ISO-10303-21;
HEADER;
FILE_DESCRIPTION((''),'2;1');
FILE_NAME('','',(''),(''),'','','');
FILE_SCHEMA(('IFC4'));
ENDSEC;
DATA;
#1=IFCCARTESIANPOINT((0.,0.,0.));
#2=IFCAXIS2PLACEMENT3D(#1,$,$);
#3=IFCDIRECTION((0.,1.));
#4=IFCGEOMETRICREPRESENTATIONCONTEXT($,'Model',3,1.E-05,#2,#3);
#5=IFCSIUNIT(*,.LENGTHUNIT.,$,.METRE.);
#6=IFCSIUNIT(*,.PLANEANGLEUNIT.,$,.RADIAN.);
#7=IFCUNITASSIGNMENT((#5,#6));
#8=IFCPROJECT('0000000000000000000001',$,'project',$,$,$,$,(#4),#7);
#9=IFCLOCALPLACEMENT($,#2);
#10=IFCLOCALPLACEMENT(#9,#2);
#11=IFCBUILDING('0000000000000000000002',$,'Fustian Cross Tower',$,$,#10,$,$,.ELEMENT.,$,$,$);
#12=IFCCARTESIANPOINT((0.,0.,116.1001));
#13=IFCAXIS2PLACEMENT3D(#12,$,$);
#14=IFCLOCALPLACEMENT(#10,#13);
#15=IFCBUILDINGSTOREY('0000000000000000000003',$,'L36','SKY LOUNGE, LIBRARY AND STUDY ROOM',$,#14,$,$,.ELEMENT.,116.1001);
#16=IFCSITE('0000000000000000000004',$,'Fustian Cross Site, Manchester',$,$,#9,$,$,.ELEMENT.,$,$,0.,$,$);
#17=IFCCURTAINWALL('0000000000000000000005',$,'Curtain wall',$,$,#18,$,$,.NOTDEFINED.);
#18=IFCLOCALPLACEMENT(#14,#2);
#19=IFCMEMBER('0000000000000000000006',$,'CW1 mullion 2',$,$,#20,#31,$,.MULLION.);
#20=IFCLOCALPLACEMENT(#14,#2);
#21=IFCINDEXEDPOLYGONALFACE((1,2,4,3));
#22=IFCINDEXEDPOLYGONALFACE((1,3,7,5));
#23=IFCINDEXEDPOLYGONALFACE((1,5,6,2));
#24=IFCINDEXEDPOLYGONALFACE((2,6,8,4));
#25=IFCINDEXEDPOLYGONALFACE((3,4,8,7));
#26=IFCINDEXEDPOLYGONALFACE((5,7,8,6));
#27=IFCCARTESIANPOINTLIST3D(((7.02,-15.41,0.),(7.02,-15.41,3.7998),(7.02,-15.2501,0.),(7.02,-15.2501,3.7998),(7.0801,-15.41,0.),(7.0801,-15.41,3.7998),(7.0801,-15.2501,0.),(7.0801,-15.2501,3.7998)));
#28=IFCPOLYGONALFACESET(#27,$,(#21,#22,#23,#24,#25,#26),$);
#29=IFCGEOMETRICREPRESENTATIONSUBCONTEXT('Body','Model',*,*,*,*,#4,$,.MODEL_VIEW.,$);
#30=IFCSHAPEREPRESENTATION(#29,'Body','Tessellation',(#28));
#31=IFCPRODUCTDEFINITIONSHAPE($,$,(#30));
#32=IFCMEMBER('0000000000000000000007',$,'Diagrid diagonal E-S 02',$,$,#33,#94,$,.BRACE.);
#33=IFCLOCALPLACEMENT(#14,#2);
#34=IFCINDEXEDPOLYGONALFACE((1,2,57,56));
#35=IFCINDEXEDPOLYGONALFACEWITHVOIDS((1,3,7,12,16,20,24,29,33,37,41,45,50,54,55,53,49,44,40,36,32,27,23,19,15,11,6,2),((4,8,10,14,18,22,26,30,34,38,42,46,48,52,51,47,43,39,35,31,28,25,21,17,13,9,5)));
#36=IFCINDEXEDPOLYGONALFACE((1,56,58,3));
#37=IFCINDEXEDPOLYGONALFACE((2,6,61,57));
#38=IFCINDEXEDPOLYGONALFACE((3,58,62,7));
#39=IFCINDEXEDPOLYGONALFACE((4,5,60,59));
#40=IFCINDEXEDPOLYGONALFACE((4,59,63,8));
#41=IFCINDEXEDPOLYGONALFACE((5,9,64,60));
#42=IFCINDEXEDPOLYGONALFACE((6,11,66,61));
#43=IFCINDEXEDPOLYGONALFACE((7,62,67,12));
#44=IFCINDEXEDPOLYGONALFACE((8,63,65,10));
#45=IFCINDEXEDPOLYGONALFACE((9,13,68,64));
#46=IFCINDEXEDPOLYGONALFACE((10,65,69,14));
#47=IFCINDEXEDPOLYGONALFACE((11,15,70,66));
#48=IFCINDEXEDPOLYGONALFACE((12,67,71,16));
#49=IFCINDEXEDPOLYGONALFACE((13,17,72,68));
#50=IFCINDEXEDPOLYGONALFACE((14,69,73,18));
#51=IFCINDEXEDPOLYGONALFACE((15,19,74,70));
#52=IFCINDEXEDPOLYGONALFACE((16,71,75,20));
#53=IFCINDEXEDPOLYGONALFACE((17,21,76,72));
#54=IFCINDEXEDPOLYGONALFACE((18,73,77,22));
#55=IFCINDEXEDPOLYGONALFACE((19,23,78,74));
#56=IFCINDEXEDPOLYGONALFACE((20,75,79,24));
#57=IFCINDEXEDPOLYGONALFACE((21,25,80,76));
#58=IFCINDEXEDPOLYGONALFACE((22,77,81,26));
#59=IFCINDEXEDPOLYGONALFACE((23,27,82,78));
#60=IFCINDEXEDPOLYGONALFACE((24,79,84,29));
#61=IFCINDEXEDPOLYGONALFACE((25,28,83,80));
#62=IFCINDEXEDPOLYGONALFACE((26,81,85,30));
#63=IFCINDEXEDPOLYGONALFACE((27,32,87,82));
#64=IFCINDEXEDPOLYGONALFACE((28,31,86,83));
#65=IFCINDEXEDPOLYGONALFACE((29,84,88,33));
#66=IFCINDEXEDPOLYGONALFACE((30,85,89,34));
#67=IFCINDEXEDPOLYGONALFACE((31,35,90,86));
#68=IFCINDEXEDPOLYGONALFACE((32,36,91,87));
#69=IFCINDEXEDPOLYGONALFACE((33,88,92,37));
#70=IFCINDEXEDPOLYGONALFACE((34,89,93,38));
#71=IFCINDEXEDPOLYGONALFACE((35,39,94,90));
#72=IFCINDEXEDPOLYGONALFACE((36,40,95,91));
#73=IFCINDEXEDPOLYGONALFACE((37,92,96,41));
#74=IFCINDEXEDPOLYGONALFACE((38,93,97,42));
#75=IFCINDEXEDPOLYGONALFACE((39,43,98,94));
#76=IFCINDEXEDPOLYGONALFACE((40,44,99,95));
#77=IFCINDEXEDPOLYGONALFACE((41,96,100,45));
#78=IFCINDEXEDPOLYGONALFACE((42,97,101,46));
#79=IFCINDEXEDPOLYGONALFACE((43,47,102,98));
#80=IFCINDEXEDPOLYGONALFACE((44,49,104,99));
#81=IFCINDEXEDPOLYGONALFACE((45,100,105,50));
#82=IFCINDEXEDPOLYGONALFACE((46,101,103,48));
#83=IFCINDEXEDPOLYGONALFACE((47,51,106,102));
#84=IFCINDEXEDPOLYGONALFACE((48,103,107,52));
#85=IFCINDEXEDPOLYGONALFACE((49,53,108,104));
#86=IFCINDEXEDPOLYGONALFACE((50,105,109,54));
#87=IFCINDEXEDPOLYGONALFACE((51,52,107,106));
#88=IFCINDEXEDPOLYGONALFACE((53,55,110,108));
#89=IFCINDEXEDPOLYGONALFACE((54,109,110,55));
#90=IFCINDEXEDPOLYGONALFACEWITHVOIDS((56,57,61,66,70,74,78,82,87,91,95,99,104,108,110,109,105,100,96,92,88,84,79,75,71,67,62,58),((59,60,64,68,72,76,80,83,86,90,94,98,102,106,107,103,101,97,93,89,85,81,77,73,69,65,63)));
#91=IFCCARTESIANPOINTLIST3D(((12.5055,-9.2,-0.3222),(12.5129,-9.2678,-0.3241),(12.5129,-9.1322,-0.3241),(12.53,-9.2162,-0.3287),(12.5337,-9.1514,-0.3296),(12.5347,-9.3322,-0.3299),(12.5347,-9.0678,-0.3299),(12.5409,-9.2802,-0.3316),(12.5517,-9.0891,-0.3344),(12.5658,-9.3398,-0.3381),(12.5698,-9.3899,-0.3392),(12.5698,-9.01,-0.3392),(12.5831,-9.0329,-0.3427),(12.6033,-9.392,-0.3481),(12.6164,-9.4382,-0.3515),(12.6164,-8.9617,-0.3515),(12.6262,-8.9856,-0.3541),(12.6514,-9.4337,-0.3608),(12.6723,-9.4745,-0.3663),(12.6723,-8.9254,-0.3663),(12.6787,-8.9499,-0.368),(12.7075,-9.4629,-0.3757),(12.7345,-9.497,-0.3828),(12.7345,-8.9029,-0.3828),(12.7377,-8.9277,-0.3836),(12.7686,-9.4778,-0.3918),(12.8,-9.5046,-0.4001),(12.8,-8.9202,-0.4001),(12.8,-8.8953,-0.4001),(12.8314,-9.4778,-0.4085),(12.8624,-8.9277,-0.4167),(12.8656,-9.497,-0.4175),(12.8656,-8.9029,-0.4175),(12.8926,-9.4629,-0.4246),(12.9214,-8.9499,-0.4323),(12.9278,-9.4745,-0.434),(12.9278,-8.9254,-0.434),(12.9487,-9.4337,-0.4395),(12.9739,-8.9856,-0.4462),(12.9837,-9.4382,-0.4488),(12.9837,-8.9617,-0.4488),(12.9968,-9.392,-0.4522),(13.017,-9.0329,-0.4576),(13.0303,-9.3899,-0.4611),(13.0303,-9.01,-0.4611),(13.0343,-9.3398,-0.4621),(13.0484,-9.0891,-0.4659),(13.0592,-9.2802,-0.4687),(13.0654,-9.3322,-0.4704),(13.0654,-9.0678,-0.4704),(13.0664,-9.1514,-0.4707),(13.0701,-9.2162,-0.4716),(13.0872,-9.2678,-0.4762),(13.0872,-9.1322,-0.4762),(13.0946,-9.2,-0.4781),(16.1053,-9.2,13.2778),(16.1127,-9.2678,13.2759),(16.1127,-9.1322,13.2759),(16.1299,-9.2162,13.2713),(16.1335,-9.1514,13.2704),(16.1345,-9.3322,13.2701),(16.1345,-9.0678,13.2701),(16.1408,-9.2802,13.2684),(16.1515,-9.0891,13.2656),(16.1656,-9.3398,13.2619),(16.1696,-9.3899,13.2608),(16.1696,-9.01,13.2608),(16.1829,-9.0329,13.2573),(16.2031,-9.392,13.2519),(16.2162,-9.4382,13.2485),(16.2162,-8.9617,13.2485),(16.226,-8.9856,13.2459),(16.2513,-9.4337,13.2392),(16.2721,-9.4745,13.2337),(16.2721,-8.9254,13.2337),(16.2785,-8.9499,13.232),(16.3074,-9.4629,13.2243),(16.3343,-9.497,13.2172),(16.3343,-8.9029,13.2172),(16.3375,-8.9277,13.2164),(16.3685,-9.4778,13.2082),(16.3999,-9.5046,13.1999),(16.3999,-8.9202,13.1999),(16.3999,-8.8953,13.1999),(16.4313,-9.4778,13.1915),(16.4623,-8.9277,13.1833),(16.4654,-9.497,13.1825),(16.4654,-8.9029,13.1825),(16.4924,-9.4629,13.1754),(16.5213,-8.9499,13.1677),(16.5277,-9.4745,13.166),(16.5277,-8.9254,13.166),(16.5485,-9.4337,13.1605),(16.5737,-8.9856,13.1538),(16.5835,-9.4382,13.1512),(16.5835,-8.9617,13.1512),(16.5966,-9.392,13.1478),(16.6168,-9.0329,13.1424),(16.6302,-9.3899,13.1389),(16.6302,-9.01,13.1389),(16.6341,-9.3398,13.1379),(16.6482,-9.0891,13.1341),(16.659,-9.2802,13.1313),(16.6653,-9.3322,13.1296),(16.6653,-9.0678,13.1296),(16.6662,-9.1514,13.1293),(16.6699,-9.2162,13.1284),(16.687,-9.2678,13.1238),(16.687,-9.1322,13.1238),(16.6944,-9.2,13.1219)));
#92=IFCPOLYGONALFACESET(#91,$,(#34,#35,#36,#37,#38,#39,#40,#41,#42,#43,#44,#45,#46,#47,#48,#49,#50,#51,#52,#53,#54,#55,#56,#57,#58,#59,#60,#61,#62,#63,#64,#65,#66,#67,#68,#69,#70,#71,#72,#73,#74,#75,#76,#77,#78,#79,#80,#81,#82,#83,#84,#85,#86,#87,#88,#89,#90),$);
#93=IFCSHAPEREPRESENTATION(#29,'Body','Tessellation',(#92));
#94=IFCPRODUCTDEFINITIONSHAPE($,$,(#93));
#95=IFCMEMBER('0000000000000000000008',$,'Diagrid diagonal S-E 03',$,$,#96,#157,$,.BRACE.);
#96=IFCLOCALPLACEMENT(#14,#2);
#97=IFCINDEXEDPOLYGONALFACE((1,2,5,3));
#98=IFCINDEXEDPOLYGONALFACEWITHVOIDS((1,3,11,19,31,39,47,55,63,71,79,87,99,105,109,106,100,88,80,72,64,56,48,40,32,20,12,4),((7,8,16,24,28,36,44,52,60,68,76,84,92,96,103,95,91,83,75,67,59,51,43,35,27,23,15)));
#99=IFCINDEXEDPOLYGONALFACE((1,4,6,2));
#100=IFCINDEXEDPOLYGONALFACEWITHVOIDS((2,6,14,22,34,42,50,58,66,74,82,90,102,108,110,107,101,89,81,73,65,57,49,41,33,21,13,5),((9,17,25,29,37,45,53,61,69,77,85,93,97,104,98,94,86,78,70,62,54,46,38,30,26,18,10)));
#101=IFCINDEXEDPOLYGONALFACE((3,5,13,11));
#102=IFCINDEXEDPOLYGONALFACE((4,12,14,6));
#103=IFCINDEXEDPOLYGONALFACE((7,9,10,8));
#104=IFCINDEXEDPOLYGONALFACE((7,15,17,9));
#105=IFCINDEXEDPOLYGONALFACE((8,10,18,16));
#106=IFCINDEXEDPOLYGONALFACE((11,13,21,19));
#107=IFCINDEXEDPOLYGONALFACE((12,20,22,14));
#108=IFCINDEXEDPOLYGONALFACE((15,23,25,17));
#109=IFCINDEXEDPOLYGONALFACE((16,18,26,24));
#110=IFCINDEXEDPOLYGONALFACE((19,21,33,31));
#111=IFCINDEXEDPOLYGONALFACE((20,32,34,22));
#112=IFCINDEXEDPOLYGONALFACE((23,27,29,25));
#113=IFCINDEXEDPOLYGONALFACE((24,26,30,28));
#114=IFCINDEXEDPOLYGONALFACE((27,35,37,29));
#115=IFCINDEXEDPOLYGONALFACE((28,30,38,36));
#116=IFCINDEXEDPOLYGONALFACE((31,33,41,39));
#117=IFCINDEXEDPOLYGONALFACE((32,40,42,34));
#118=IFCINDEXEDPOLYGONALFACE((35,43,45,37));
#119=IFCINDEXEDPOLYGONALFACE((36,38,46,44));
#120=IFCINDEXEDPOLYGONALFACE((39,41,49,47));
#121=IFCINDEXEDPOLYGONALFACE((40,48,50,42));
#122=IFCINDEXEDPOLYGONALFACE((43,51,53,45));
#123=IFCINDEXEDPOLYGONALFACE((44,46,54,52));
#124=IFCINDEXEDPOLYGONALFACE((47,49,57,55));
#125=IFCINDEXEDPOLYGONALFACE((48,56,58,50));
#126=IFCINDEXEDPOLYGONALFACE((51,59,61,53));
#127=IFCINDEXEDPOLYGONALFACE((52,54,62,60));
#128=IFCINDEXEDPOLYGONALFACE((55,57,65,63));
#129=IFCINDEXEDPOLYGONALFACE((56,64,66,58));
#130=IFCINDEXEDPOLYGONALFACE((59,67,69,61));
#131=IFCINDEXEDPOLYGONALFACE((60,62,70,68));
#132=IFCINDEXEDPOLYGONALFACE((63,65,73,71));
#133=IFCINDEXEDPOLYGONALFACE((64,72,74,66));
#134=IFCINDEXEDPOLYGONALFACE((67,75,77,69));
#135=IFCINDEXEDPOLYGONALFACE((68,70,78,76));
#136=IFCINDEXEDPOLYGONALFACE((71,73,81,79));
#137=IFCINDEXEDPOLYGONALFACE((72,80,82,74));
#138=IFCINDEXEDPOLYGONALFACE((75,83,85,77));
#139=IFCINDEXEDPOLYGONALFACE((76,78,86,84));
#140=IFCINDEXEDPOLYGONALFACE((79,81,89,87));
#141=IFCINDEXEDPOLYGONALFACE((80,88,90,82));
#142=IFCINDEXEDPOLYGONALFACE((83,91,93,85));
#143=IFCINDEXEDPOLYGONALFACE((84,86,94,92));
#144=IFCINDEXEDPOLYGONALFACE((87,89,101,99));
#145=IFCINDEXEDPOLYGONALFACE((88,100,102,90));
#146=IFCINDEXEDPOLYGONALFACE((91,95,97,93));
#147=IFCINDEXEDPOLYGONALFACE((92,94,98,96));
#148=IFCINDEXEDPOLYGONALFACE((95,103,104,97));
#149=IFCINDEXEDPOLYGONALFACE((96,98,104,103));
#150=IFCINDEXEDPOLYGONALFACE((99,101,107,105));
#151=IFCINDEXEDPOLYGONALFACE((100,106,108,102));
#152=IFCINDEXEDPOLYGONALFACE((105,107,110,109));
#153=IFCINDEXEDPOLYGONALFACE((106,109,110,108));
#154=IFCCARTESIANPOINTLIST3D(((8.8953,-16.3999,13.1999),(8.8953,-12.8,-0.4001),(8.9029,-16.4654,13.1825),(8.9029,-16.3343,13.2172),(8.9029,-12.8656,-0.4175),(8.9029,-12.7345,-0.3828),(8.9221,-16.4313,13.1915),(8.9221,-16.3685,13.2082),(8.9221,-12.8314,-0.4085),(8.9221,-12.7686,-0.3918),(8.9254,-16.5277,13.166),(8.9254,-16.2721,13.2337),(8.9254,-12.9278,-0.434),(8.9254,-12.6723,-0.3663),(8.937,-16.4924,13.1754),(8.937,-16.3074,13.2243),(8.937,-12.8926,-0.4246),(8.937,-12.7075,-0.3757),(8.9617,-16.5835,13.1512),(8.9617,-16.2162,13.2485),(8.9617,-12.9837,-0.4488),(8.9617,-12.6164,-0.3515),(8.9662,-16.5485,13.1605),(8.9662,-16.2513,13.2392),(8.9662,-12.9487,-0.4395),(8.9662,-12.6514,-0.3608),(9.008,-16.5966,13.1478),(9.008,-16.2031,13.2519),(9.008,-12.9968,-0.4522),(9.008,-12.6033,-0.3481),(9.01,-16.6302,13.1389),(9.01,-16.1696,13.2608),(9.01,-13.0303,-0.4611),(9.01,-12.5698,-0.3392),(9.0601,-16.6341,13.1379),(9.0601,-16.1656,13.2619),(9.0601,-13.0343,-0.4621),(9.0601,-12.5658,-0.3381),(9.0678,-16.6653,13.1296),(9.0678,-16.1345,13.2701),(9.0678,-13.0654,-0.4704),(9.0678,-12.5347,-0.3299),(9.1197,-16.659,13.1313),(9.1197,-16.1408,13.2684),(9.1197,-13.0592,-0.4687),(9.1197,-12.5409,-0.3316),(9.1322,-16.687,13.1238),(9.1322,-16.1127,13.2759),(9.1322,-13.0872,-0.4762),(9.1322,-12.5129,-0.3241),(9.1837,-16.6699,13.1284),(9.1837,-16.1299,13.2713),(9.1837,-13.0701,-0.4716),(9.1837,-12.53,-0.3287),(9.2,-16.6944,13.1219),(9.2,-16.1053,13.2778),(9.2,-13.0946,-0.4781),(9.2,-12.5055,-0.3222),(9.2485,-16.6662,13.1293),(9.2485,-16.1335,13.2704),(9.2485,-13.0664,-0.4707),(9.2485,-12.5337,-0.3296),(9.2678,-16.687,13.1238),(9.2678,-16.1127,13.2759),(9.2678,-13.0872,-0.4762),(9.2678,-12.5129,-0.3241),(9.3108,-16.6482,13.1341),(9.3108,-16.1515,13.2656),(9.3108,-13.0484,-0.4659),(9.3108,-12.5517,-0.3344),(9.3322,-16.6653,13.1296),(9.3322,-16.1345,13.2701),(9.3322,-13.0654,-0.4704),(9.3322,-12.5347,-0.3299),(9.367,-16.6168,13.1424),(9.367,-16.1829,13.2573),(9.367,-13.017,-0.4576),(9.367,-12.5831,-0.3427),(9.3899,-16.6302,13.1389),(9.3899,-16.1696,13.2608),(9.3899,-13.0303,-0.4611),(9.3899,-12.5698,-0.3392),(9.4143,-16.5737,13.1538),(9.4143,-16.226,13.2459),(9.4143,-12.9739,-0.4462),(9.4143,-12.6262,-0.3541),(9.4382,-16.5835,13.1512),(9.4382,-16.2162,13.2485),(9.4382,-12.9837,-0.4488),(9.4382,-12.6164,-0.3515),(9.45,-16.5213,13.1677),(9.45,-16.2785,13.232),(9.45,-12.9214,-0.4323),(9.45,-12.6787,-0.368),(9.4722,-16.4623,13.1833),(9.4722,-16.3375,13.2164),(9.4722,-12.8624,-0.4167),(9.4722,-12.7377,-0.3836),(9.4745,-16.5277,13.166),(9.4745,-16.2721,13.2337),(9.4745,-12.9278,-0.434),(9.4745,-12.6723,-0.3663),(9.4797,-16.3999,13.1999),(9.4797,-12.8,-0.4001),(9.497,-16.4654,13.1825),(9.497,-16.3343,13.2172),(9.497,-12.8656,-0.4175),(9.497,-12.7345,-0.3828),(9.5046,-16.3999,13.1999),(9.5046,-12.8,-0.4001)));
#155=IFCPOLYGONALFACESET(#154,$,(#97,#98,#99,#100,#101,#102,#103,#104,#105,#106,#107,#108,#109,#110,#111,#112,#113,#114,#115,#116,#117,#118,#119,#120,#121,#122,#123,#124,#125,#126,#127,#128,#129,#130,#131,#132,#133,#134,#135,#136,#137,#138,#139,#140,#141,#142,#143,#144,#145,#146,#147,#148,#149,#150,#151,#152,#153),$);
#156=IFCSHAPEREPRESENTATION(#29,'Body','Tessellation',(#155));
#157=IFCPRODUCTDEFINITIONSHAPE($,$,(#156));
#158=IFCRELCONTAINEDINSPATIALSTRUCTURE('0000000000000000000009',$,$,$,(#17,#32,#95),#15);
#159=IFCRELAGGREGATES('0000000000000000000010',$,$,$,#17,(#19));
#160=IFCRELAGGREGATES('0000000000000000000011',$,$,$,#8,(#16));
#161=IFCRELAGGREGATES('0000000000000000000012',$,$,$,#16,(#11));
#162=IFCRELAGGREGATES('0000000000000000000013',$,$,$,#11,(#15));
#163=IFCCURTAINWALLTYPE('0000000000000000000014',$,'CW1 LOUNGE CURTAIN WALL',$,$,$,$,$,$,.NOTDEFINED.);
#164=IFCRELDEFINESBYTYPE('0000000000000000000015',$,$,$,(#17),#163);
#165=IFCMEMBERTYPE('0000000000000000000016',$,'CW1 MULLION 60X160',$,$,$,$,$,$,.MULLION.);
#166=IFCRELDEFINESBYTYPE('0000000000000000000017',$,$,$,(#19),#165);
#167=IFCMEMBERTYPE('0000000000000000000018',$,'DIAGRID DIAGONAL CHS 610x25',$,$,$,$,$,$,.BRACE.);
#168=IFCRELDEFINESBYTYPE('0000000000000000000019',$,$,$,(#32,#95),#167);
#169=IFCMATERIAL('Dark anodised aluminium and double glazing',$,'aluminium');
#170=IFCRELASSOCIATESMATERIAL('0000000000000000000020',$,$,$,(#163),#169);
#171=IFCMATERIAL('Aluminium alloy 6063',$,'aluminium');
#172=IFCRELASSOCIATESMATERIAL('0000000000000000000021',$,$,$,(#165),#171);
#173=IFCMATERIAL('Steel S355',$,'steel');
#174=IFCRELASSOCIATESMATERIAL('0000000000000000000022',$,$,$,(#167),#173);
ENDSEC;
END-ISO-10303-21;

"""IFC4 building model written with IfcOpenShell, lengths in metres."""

from ifc_helpers import new_model, si_unit, direction, frame, origin, origin_2d, place, context, subcontext, project, spatial, rectangle, hollow_circle, extrude, material, material_profile, profile_set, type_object, element, aggregate, save


model = new_model("IFC4")

# Units and contexts
model_context = context("Model", 3, precision=1e-05, world=origin(), true_north=direction((0.0, 1.0)))
body_context = subcontext(model_context, "Body", "Model", "MODEL_VIEW")
ifc_project = project(units=[si_unit("LENGTHUNIT", "METRE"), si_unit("PLANEANGLEUNIT", "RADIAN")], contexts=[model_context])

# Site, building, storey
site_placement = place(None, origin())
site = spatial("IfcSite", under=ifc_project, at=site_placement, Name="Fustian Cross Site, Manchester", CompositionType="ELEMENT", RefElevation=0.0)
building_placement = place(site_placement, origin())
building = spatial("IfcBuilding", under=site, at=building_placement, Name="Fustian Cross Tower", CompositionType="ELEMENT")
storey_placement = place(building_placement, frame((0.0, 0.0, 116.1001)))
storey = spatial("IfcBuildingStorey", under=building, at=storey_placement, Name="L36", Description="SKY LOUNGE, LIBRARY AND STUDY ROOM", CompositionType="ELEMENT", Elevation=116.1001)

# Curtain wall, member
ifc_material_1 = material(Name="Dark anodised aluminium and double glazing", Category="aluminium")
curtain_wall_type = type_object("IfcCurtainWallType", Name="CW1 LOUNGE CURTAIN WALL", PredefinedType="NOTDEFINED", material=ifc_material_1)
curtain_wall_placement = place(storey_placement, origin())
curtain_wall = element("IfcCurtainWall", 1, at=curtain_wall_placement, inside=storey, type_object=curtain_wall_type, Name="Curtain wall", PredefinedType="NOTDEFINED")
ifc_material_2 = material(Name="Aluminium alloy 6063", Category="aluminium")
ifc_material_profile_1 = material_profile(ifc_material_2, rectangle(XDim=0.0601, YDim=0.1599, at=origin_2d()), Name="CW1 MULLION 60X160")
ifc_profile_set_1 = profile_set([ifc_material_profile_1], Name="Aluminium alloy 6063")
member_type_1 = type_object("IfcMemberType", Name="CW1 MULLION 60X160", PredefinedType="MULLION", material=ifc_profile_set_1)
member_1_placement = place(storey_placement, frame((7.05, -15.3301, 0.0), z_axis=(0.0, 0.0, 1.0), x_axis=(-1.0, 0.0, 0.0)))
member_1 = element("IfcMember", 2, at=member_1_placement, type_object=member_type_1, Name="CW1 mullion 2", PredefinedType="MULLION", context=body_context, shape_type="SweptSolid", body=[
    extrude(rectangle(XDim=0.0601, YDim=0.1599, at=origin_2d()), origin(), (0.0, 0.0, 1.0), 3.7998),
])
aggregate(curtain_wall, [member_1])

# Members
ifc_material_3 = material(Name="Steel S355", Category="steel")
ifc_material_profile_2 = material_profile(ifc_material_3, hollow_circle(Radius=0.3047, WallThickness=0.0249, at=origin_2d()), Name="CHS 610x25")
ifc_profile_set_2 = profile_set([ifc_material_profile_2], Name="Steel S355")
member_type_2 = type_object("IfcMemberType", Name="DIAGRID DIAGONAL CHS 610x25", PredefinedType="BRACE", material=ifc_profile_set_2)
for number, where, z_axis, x_axis, name in (
    (3, (12.8, -9.2, -0.4001), (0.255881, 0.0, 0.966708), (0.0, 1.0, 0.0), "Diagrid diagonal E-S 02"),
    (4, (9.2, -12.8, -0.4001), (0.0, -0.255881, 0.966708), (1.0, 0.0, 0.0), "Diagrid diagonal S-E 03"),
):
    element("IfcMember", number, at=place(storey_placement, frame(where, z_axis=z_axis, x_axis=x_axis)), inside=storey, type_object=member_type_2, Name=name, PredefinedType="BRACE", context=body_context, shape_type="SweptSolid", body=[
        extrude(hollow_circle(Radius=0.3047, WallThickness=0.0249, at=origin_2d()), origin(), (0.0, 0.0, 1.0), 14.0684),
    ])

save(model, "model.ifc")
